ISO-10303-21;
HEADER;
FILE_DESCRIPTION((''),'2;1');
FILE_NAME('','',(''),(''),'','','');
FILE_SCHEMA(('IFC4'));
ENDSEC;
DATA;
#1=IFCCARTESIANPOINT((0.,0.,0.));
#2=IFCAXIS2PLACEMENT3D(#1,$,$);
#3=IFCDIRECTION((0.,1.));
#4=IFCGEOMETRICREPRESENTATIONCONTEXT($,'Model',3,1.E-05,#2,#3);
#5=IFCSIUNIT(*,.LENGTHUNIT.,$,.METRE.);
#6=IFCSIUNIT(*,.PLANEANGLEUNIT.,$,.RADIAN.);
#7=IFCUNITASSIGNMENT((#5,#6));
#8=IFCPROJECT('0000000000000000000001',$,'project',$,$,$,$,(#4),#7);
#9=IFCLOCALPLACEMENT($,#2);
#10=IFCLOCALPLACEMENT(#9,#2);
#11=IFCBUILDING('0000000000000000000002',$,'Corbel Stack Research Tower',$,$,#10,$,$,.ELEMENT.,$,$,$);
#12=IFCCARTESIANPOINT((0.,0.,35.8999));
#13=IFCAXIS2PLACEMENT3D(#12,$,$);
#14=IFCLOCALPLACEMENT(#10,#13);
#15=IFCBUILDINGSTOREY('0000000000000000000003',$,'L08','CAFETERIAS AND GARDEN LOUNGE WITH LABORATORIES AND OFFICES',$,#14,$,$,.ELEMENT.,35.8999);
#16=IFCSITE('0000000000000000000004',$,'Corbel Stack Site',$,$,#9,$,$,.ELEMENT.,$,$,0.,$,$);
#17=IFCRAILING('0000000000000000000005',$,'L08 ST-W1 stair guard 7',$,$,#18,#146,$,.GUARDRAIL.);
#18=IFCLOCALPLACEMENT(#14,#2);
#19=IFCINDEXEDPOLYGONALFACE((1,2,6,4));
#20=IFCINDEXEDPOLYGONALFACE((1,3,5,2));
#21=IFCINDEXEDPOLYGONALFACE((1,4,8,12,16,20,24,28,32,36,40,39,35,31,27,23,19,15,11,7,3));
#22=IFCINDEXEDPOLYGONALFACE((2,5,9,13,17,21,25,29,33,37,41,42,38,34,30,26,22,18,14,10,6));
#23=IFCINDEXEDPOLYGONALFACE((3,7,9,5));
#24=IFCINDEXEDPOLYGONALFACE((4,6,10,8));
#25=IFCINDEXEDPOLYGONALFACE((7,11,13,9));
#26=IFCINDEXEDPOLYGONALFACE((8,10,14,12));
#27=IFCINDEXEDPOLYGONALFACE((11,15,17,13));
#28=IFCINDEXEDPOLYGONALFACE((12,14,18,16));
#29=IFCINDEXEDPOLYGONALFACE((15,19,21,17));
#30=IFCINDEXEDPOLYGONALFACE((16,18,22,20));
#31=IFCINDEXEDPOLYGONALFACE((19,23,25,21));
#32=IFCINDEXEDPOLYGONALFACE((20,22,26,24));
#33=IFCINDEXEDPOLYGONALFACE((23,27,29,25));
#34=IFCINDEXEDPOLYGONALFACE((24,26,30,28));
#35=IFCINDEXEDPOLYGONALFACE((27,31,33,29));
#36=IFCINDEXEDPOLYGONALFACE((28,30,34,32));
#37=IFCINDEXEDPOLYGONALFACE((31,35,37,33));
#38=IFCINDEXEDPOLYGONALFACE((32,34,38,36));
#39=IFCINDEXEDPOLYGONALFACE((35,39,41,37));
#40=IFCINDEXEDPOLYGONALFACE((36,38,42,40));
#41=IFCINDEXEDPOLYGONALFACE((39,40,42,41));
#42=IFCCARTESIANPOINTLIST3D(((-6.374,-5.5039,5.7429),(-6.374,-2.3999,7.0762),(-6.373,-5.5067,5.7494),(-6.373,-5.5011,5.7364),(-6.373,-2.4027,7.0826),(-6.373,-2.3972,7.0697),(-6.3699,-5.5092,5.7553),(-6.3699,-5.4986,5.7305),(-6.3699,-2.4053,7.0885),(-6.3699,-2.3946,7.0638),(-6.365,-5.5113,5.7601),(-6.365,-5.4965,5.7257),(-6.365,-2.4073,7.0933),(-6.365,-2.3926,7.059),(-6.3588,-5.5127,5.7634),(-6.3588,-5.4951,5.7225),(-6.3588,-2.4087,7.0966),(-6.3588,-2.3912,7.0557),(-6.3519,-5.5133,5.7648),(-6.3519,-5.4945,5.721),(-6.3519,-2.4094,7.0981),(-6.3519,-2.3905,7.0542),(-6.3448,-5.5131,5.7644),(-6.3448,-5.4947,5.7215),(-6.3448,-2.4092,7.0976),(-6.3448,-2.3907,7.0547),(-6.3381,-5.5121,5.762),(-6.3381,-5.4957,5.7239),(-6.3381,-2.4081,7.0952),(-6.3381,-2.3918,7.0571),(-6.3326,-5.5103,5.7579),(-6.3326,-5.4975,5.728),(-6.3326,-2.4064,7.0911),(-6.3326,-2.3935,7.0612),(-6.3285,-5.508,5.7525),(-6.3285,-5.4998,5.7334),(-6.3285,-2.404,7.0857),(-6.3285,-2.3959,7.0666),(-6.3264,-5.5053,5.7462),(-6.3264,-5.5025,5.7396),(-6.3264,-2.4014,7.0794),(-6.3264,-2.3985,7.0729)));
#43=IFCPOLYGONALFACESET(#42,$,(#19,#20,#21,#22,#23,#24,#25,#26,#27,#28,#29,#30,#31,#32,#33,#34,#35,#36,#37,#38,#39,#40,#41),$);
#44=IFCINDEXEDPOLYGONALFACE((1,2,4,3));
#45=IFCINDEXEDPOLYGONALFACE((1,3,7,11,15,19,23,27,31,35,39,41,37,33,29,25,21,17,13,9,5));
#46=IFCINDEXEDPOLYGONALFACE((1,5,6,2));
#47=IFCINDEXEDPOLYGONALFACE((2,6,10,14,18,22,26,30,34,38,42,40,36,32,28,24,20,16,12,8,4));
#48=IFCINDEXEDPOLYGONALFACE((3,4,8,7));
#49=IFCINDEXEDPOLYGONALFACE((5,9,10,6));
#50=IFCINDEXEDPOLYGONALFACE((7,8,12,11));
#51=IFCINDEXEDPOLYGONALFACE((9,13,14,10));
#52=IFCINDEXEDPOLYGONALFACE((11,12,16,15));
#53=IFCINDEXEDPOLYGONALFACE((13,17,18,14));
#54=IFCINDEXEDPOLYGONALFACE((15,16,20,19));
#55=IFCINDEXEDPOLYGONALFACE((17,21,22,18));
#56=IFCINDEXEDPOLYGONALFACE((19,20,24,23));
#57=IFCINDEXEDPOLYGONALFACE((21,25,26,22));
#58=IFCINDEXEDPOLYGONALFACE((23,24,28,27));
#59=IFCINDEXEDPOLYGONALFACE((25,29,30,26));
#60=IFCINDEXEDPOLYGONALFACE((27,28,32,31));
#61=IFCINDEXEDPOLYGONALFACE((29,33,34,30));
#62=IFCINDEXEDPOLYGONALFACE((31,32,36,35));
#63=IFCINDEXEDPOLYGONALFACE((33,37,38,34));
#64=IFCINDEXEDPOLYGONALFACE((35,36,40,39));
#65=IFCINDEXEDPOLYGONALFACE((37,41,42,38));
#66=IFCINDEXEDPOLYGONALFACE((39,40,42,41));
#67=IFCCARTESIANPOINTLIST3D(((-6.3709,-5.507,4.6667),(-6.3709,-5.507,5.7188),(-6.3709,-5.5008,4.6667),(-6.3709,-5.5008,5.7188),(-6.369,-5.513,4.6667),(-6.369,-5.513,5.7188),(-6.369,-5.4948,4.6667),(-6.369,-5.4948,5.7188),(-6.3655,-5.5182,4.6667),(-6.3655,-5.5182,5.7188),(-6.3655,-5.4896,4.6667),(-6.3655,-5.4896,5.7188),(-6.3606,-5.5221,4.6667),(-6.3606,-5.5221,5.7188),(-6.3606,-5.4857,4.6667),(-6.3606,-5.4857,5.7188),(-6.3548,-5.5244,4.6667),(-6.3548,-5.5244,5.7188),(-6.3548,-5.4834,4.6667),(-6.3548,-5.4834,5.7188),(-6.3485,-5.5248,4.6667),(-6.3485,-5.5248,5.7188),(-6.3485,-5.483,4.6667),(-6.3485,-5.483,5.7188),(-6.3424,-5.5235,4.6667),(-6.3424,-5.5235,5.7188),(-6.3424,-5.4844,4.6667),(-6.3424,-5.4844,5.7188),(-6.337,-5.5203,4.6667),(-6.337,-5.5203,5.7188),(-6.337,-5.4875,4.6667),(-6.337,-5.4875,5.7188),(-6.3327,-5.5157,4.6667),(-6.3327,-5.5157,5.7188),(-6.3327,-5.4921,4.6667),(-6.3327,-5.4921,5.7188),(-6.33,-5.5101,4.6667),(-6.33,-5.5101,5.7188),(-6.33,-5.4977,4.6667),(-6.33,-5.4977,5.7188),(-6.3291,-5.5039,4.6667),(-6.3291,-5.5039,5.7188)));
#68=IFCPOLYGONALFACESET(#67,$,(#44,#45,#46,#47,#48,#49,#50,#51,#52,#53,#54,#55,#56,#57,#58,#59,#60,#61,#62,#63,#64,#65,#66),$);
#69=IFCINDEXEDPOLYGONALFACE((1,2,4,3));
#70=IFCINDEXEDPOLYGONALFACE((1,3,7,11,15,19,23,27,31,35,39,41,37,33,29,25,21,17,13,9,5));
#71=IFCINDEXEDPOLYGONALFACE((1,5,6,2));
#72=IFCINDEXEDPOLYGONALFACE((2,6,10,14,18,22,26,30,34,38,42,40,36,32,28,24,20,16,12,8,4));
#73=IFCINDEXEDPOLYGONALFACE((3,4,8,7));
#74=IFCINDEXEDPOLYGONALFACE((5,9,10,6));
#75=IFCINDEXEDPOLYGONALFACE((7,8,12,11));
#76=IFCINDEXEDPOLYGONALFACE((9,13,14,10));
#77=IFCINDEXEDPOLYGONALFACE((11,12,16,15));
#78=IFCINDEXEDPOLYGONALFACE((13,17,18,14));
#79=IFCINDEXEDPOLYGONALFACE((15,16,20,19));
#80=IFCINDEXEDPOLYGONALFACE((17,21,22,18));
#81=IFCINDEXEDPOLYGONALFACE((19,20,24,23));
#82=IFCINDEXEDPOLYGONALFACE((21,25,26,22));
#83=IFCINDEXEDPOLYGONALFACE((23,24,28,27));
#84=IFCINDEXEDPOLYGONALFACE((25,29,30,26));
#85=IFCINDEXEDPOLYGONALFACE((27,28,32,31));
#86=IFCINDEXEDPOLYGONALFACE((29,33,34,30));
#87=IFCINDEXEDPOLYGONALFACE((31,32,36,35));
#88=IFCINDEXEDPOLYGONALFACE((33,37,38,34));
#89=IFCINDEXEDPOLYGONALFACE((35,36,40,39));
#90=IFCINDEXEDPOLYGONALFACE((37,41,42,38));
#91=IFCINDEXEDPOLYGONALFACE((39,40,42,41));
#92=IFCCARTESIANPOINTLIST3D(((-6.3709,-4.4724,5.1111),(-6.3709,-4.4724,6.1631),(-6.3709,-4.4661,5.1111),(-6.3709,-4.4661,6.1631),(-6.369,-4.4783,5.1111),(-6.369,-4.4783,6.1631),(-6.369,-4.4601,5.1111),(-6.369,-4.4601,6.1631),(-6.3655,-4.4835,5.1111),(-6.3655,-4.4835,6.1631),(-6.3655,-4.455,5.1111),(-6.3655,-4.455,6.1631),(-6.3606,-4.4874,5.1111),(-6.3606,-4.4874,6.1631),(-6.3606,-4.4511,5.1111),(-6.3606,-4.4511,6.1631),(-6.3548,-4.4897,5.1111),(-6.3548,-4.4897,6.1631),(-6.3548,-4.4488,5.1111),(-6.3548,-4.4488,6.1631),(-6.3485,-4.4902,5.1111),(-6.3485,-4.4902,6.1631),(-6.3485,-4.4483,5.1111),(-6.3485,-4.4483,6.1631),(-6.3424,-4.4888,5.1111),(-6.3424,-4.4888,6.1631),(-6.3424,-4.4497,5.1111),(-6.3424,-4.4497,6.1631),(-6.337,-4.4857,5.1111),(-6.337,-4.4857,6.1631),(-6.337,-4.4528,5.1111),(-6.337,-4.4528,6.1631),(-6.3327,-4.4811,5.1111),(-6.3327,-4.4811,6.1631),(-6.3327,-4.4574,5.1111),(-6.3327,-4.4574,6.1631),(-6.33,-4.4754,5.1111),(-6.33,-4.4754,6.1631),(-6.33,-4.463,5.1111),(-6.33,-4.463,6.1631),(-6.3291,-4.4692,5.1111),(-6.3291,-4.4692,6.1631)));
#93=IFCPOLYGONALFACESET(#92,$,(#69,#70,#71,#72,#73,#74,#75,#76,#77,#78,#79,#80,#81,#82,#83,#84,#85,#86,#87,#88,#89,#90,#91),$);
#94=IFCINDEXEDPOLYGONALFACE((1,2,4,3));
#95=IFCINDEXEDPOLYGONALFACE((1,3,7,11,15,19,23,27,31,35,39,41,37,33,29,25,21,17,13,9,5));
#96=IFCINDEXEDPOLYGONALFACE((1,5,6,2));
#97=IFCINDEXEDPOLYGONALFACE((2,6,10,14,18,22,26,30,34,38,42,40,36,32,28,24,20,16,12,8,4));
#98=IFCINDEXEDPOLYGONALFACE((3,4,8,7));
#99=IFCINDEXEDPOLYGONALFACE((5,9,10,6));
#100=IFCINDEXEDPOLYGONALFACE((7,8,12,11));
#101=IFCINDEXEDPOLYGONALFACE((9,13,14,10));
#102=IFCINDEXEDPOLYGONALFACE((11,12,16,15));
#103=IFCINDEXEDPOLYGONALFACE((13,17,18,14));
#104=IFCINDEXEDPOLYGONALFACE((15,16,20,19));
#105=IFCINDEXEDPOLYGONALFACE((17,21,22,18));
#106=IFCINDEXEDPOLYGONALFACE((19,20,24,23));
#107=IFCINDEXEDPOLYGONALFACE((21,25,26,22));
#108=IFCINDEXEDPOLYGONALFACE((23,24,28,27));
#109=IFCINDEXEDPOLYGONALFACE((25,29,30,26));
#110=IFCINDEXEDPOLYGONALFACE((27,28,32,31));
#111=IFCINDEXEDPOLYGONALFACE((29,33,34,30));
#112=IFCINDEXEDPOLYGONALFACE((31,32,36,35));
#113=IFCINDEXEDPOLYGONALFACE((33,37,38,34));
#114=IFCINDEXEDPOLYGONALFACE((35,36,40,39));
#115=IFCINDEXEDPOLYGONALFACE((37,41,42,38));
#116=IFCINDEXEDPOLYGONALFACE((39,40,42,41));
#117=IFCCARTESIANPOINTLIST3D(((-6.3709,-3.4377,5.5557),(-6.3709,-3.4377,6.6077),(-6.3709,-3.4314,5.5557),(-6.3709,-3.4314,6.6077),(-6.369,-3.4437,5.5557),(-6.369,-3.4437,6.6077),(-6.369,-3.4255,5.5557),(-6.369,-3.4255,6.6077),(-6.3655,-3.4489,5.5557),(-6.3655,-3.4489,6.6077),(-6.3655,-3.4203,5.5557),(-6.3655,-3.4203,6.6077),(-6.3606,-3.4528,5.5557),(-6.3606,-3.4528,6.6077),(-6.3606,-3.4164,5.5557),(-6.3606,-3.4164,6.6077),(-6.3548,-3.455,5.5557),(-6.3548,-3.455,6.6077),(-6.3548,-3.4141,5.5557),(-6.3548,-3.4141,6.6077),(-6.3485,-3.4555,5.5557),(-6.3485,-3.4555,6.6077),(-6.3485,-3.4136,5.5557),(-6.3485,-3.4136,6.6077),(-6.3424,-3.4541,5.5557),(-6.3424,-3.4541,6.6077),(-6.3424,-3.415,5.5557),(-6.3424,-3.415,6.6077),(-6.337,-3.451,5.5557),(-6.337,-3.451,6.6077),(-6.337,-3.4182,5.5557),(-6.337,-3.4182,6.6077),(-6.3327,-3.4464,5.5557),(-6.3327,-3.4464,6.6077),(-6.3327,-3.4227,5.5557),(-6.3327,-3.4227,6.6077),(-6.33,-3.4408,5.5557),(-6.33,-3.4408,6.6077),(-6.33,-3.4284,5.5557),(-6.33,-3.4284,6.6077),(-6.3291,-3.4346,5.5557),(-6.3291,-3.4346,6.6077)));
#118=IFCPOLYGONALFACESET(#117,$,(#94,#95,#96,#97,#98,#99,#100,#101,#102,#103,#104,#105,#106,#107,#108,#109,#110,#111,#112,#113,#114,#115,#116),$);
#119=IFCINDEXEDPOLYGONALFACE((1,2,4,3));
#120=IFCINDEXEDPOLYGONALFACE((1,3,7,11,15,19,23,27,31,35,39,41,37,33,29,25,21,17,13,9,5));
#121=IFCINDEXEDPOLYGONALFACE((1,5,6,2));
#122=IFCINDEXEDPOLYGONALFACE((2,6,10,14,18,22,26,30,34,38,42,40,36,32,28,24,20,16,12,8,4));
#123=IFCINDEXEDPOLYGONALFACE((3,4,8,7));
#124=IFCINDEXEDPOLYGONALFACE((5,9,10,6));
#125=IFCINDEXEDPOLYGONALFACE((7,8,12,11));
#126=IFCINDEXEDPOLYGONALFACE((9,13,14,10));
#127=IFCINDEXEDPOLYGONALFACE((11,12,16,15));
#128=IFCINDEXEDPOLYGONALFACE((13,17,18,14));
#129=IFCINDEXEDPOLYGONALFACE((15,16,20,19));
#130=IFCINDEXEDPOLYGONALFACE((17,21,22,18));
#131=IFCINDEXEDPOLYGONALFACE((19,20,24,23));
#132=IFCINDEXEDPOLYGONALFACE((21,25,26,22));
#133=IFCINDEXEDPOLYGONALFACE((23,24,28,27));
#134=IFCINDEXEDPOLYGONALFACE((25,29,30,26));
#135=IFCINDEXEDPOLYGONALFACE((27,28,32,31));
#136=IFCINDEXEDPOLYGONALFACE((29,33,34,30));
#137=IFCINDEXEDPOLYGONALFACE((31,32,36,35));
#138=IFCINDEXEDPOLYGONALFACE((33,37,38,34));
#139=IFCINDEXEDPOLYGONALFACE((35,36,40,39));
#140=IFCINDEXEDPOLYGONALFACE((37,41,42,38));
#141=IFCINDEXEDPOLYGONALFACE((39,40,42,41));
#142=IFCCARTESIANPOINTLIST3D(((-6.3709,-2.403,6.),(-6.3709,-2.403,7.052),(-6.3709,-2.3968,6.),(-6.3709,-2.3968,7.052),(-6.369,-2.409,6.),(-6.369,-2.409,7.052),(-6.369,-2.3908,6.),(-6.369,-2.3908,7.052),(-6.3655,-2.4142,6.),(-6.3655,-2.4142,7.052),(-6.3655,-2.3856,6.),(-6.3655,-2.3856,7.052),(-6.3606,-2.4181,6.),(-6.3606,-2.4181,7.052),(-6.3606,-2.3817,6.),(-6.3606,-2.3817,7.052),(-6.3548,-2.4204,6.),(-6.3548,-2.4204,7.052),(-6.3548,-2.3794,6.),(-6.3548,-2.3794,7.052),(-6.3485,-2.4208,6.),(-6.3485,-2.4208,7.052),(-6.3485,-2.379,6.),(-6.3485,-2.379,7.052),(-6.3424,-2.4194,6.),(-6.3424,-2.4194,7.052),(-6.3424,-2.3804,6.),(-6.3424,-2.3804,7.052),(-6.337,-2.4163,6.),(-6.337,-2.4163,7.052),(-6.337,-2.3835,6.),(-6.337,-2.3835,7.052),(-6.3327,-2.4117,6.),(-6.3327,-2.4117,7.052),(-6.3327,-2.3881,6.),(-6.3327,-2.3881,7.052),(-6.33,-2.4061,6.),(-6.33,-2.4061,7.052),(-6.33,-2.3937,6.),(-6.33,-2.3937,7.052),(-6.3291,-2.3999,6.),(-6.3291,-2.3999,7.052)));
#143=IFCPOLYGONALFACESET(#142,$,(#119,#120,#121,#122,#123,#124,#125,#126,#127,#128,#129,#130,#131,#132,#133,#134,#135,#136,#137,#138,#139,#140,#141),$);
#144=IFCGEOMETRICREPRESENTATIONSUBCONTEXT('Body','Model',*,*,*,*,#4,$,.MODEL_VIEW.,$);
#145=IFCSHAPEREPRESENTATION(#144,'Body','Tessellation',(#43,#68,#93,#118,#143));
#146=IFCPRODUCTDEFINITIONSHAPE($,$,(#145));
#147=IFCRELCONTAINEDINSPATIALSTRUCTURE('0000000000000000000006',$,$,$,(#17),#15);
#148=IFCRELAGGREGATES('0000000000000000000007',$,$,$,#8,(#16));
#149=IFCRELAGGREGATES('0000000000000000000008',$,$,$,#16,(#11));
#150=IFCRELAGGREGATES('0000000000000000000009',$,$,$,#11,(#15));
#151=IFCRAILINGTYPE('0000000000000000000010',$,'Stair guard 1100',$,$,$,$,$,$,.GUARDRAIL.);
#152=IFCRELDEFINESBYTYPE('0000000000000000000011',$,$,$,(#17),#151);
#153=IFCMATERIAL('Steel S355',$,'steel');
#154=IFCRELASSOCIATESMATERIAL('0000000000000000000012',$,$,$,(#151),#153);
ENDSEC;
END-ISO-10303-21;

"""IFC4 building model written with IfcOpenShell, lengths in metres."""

from ifc_helpers import new_model, si_unit, direction, frame, origin, origin_2d, place, context, subcontext, project, spatial, circle, extrude, material, type_object, element, save


model = new_model("IFC4")

# Units and contexts
model_context = context("Model", 3, precision=1e-05, world=origin(), true_north=direction((0.0, 1.0)))
body_context = subcontext(model_context, "Body", "Model", "MODEL_VIEW")
ifc_project = project(units=[si_unit("LENGTHUNIT", "METRE"), si_unit("PLANEANGLEUNIT", "RADIAN")], contexts=[model_context])

# Site, building, storey
site_placement = place(None, origin())
site = spatial("IfcSite", under=ifc_project, at=site_placement, Name="Corbel Stack Site", CompositionType="ELEMENT", RefElevation=0.0)
building_placement = place(site_placement, origin())
building = spatial("IfcBuilding", under=site, at=building_placement, Name="Corbel Stack Research Tower", CompositionType="ELEMENT")
storey_placement = place(building_placement, frame((0.0, 0.0, 35.8999)))
storey = spatial("IfcBuildingStorey", under=building, at=storey_placement, Name="L08", Description="CAFETERIAS AND GARDEN LOUNGE WITH LABORATORIES AND OFFICES", CompositionType="ELEMENT", Elevation=35.8999)

# Railing
ifc_material_1 = material(Name="Steel S355", Category="steel")
railing_type_1 = type_object("IfcRailingType", Name="Stair guard 1100", PredefinedType="GUARDRAIL", material=ifc_material_1)
railing_1_placement = place(storey_placement, frame((-6.3501, -5.5039, 4.6667)))
element("IfcRailing", 1, at=railing_1_placement, inside=storey, type_object=railing_type_1, Name="L08 ST-W1 stair guard 7", PredefinedType="GUARDRAIL", context=body_context, shape_type="SweptSolid", body=[
    extrude(circle(Radius=0.0239, at=origin_2d()), frame((0.0, 0.0, 1.0762), z_axis=(0.0, 0.918827, 0.394661), x_axis=(-1.0, 0.0, 0.0)), (0.0, 0.0, 1.0), 3.3782),
    extrude(circle(Radius=0.021, at=origin_2d()), origin(), (0.0, 0.0, 1.0), 1.052),
    extrude(circle(Radius=0.021, at=origin_2d()), frame((0.0, 1.0347, 0.4443)), (0.0, 0.0, 1.0), 1.052),
    extrude(circle(Radius=0.021, at=origin_2d()), frame((0.0, 2.0693, 0.8889)), (0.0, 0.0, 1.0), 1.052),
    extrude(circle(Radius=0.021, at=origin_2d()), frame((0.0, 3.104, 1.3333)), (0.0, 0.0, 1.0), 1.052),
])

save(model, "model.ifc")
